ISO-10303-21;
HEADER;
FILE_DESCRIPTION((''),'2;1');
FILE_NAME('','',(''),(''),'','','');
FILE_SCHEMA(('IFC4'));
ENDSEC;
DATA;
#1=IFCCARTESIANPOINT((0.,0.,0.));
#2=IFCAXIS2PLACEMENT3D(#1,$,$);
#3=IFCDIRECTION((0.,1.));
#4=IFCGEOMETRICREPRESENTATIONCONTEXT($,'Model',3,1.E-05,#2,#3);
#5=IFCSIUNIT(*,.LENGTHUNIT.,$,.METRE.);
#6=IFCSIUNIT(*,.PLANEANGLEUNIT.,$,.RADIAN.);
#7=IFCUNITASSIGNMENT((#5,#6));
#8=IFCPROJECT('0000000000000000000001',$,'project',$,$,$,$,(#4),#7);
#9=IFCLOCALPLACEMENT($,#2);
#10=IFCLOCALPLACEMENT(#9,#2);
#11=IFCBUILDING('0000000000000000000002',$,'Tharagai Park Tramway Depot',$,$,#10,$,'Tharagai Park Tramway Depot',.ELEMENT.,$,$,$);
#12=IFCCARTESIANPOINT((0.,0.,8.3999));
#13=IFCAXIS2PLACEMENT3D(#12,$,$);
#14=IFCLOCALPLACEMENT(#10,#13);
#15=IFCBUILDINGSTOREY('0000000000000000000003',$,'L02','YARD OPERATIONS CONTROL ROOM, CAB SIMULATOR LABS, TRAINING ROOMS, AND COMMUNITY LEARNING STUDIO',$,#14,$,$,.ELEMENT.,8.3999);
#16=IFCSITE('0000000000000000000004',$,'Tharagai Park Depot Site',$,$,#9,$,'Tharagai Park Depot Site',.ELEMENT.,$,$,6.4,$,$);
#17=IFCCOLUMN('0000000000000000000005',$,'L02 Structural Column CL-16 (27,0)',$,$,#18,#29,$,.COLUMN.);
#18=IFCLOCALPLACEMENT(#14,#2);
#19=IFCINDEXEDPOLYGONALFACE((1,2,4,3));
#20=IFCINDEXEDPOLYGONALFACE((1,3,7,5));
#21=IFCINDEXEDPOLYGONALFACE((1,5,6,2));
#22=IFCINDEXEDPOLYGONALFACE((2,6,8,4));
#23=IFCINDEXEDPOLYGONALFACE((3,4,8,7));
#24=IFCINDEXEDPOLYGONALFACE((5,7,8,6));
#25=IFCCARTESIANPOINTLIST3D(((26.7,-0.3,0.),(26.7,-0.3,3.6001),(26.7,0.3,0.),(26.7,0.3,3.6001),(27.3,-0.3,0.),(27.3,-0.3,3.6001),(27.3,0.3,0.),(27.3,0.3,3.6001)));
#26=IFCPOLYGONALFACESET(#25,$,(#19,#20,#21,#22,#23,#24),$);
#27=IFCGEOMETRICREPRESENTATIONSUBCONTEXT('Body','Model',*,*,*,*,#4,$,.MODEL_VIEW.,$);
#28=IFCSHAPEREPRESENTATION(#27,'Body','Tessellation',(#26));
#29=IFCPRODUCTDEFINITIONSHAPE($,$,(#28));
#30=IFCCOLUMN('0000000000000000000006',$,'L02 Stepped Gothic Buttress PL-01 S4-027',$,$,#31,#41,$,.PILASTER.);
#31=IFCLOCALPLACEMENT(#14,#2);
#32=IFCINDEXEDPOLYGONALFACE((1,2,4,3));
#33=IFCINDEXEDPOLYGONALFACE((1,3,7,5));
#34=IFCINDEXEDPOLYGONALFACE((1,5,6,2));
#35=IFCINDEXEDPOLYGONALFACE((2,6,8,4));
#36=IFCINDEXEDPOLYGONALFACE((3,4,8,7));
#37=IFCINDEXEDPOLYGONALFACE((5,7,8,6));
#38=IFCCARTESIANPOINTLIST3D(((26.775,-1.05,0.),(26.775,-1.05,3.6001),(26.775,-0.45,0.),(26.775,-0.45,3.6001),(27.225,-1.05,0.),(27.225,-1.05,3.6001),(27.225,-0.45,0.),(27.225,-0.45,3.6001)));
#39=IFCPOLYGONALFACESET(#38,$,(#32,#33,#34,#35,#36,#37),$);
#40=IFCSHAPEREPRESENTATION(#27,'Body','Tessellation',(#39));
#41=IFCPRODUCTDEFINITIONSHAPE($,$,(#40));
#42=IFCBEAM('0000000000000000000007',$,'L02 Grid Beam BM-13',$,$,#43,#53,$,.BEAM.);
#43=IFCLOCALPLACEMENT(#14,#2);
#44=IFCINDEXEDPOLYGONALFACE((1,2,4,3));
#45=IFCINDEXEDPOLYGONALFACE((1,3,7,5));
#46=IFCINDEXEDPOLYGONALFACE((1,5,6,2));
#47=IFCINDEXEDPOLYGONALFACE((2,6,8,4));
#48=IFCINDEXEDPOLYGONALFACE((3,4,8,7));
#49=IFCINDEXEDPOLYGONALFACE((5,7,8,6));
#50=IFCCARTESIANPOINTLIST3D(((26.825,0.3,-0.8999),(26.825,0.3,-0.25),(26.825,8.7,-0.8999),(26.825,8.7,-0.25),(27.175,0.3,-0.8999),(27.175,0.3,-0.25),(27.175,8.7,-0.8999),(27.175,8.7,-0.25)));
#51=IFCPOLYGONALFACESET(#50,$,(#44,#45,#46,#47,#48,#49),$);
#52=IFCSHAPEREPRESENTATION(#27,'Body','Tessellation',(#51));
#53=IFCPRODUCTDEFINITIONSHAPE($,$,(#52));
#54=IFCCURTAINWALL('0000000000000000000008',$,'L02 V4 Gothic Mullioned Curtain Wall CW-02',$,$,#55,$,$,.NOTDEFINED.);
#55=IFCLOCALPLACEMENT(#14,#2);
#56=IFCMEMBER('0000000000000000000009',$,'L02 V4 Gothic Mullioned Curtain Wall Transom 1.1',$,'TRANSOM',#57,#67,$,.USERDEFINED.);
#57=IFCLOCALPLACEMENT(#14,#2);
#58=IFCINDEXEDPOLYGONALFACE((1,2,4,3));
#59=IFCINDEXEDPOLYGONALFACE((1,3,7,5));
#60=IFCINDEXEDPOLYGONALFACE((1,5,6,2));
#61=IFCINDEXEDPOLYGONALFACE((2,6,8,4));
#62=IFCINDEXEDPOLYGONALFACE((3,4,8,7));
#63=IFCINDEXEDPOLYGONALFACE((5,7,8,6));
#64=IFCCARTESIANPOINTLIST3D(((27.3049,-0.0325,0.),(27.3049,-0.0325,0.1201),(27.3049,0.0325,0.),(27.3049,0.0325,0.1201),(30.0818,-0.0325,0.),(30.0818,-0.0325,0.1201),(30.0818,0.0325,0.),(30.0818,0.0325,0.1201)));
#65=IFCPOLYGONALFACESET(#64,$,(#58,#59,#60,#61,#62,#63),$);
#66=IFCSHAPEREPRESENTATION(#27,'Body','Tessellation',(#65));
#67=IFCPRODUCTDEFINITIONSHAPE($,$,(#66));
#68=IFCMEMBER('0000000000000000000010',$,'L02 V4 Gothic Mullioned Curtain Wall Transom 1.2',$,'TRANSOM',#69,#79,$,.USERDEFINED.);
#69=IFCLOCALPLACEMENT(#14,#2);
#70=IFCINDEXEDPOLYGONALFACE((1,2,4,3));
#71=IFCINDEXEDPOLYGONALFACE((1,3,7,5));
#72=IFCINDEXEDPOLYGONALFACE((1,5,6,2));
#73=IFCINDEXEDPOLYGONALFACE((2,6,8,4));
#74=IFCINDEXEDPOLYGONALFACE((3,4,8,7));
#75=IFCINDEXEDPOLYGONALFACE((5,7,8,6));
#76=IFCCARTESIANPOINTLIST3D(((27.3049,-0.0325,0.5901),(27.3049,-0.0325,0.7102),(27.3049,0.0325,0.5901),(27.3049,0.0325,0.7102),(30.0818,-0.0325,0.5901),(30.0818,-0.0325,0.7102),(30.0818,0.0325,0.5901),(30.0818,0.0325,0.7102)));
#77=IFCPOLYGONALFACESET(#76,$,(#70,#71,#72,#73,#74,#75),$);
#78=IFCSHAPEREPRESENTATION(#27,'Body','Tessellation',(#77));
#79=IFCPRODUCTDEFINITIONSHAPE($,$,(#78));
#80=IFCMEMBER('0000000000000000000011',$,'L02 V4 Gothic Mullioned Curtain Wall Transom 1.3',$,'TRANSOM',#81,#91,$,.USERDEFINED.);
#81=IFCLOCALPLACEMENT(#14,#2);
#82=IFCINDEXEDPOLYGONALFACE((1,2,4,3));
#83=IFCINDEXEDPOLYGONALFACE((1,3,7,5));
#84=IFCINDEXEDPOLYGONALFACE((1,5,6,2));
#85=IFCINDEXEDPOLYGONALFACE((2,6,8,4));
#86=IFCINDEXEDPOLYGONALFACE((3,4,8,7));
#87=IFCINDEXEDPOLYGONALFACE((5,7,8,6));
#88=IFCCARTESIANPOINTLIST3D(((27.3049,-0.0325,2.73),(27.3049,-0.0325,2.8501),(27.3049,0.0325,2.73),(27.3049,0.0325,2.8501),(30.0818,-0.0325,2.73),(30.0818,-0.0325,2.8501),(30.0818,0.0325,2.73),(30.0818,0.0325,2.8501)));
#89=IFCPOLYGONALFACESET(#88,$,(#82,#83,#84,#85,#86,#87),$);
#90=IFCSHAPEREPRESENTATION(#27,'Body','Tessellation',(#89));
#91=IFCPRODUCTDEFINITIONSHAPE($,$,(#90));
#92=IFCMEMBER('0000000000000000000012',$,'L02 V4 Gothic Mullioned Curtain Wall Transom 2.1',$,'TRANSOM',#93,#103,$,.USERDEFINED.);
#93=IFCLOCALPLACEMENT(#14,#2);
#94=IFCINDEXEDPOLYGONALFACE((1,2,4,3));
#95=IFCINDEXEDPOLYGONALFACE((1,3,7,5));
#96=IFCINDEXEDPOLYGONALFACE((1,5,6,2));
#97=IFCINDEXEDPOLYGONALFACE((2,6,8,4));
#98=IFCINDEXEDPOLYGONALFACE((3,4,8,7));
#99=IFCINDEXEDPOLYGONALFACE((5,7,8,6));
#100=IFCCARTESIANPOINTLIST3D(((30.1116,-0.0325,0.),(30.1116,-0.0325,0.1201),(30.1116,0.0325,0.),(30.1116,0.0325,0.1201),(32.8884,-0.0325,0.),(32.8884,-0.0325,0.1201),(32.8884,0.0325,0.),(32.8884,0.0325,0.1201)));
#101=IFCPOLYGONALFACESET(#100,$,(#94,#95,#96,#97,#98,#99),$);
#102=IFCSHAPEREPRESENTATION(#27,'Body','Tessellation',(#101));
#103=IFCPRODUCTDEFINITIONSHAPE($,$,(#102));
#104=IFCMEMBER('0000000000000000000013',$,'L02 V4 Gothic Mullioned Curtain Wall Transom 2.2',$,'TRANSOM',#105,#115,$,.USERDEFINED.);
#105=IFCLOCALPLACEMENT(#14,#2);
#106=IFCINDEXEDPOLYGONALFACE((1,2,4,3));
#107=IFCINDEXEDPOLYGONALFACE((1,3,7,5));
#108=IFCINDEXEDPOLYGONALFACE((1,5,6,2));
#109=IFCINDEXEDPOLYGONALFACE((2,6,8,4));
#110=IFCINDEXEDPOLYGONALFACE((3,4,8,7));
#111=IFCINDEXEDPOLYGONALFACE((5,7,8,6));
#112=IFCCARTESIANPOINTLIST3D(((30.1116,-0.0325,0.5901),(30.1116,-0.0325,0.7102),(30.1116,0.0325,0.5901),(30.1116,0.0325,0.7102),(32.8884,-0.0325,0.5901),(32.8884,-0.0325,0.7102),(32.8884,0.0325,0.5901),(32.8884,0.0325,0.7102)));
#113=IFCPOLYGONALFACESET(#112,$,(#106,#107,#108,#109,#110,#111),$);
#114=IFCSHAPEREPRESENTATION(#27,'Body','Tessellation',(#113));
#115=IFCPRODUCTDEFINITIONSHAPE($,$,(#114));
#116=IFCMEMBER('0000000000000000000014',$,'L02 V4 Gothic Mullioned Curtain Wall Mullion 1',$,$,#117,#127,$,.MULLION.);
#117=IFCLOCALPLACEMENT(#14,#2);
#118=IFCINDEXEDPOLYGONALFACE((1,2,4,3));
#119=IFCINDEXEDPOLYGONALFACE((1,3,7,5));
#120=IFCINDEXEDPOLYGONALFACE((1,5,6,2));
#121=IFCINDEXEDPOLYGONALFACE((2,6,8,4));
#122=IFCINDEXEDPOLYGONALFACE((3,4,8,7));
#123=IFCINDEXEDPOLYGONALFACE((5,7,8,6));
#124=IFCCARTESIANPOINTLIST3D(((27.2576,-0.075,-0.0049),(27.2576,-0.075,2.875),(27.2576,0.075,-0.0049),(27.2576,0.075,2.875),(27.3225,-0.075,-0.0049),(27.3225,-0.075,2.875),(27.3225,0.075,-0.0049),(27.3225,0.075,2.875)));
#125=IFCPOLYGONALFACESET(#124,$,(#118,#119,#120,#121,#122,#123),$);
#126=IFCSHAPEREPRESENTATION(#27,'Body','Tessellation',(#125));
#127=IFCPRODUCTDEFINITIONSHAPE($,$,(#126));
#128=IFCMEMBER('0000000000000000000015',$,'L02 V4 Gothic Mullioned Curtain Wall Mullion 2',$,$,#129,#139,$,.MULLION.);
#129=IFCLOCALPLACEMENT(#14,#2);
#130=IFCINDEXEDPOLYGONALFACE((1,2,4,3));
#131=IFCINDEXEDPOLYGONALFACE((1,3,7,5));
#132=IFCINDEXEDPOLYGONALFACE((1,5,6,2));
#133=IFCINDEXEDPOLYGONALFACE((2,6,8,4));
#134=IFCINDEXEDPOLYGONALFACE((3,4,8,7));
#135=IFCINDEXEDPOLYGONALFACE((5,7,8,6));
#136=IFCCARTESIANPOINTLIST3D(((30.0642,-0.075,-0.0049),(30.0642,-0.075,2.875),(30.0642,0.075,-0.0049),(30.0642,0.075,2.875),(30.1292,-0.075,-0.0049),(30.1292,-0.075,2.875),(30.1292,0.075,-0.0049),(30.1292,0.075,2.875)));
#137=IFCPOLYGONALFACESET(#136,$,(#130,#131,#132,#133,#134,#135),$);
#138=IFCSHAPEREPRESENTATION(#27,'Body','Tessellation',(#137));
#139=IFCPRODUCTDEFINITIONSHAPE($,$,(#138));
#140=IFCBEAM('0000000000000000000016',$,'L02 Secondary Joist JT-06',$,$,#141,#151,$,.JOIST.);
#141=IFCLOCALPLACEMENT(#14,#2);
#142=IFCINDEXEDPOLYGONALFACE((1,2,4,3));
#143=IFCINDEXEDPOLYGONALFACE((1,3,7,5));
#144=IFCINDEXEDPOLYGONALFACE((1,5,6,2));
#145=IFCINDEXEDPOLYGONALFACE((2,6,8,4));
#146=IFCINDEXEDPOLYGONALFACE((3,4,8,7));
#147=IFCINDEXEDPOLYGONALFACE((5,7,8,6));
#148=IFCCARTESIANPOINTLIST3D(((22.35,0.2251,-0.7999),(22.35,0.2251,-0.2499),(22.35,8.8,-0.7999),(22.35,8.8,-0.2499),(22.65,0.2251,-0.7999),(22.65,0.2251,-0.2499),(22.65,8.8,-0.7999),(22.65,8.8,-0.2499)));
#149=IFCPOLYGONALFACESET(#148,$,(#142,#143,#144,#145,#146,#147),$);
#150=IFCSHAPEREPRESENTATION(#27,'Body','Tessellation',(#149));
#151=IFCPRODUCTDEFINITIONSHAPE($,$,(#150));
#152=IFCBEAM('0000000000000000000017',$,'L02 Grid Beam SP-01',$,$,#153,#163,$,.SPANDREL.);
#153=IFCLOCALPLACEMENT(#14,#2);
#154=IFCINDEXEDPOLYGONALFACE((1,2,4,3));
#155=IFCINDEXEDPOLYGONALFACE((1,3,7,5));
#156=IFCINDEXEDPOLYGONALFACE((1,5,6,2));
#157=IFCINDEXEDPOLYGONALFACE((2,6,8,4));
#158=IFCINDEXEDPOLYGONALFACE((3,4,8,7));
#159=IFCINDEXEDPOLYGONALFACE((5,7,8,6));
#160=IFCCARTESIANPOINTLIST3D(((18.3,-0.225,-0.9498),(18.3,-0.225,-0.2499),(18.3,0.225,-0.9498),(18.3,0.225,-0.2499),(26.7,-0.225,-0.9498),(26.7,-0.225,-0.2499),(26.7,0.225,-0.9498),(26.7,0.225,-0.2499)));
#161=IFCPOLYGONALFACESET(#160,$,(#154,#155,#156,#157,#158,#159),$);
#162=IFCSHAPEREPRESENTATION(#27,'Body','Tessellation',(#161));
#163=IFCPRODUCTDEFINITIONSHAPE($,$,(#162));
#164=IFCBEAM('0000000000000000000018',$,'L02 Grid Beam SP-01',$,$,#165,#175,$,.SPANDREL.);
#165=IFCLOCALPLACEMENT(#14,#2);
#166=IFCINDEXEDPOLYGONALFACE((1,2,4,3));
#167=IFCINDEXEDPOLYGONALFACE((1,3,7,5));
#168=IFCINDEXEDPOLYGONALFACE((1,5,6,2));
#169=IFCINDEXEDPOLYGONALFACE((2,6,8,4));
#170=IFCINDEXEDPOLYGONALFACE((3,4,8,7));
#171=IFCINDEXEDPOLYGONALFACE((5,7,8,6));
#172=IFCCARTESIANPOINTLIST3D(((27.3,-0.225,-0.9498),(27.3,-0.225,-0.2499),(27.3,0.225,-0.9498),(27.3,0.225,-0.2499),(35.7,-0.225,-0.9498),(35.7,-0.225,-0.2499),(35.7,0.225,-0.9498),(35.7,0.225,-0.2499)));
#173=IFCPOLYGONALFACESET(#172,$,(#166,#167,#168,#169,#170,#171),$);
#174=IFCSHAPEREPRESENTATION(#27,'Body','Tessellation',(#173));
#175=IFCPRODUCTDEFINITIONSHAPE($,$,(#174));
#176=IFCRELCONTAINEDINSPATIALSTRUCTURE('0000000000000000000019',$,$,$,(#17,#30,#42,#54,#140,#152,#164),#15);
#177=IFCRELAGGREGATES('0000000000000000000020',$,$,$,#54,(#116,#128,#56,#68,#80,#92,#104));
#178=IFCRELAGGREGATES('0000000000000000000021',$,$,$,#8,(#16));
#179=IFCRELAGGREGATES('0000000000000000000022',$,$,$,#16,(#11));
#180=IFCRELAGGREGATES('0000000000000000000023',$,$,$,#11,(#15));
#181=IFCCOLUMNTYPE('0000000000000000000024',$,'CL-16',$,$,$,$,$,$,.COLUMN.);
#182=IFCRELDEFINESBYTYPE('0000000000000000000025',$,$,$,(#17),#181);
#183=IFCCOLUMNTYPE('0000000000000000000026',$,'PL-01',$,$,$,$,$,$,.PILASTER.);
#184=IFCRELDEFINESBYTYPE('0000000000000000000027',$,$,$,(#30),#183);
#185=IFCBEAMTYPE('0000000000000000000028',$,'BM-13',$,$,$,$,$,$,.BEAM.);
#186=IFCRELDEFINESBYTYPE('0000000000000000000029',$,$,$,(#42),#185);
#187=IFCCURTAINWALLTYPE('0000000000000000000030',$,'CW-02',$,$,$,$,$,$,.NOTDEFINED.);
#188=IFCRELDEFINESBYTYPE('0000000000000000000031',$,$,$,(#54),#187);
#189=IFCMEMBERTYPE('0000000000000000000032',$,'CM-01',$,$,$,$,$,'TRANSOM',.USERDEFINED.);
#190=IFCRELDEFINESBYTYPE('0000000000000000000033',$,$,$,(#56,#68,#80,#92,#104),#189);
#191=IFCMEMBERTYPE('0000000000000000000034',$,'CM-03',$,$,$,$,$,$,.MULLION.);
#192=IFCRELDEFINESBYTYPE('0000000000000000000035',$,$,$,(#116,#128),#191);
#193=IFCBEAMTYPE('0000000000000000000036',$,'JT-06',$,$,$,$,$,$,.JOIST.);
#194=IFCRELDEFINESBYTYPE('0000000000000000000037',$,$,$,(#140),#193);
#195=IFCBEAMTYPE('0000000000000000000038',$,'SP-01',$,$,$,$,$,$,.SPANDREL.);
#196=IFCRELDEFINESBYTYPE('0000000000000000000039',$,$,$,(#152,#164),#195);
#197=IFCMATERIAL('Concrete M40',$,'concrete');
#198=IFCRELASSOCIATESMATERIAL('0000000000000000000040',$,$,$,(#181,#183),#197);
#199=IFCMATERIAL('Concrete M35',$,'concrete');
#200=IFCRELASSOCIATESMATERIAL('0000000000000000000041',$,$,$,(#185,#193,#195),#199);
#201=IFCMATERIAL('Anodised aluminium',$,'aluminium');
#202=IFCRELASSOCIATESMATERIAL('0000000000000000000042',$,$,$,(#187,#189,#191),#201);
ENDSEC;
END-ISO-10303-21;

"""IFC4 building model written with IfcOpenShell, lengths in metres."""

from ifc_helpers import new_model, si_unit, direction, frame, origin, origin_2d, place, context, subcontext, project, spatial, rectangle, extrude, material, material_profile, profile_set, type_object, element, aggregate, save


model = new_model("IFC4")

# Units and contexts
model_context = context("Model", 3, precision=1e-05, world=origin(), true_north=direction((0.0, 1.0)))
body_context = subcontext(model_context, "Body", "Model", "MODEL_VIEW")
ifc_project = project(units=[si_unit("LENGTHUNIT", "METRE"), si_unit("PLANEANGLEUNIT", "RADIAN")], contexts=[model_context])

# Site, building, storey
site_placement = place(None, origin())
site = spatial("IfcSite", under=ifc_project, at=site_placement, Name="Tharagai Park Depot Site", LongName="Tharagai Park Depot Site", CompositionType="ELEMENT", RefElevation=6.4)
building_placement = place(site_placement, origin())
building = spatial("IfcBuilding", under=site, at=building_placement, Name="Tharagai Park Tramway Depot", LongName="Tharagai Park Tramway Depot", CompositionType="ELEMENT")
storey_placement = place(building_placement, frame((0.0, 0.0, 8.3999)))
storey = spatial("IfcBuildingStorey", under=building, at=storey_placement, Name="L02", Description="YARD OPERATIONS CONTROL ROOM, CAB SIMULATOR LABS, TRAINING ROOMS, AND COMMUNITY LEARNING STUDIO", CompositionType="ELEMENT", Elevation=8.3999)

# Columns
ifc_material_1 = material(Name="Concrete M40", Category="concrete")
ifc_material_profile_1 = material_profile(ifc_material_1, rectangle(XDim=0.6001, YDim=0.6001, at=origin_2d()), Name="RC 600x600")
ifc_profile_set_1 = profile_set([ifc_material_profile_1], Name="Concrete M40")
column_type_1 = type_object("IfcColumnType", Name="CL-16", PredefinedType="COLUMN", material=ifc_profile_set_1)
column_1_placement = place(storey_placement, frame((27.0, 0.0, 0.0), z_axis=(0.0, 0.0, 1.0), x_axis=(1.0, 0.0, 0.0)))
element("IfcColumn", 1, at=column_1_placement, inside=storey, type_object=column_type_1, Name="L02 Structural Column CL-16 (27,0)", PredefinedType="COLUMN", context=body_context, shape_type="SweptSolid", body=[
    extrude(rectangle(XDim=0.6001, YDim=0.6001, at=origin_2d()), origin(), (0.0, 0.0, 1.0), 3.6001),
])
ifc_material_profile_2 = material_profile(ifc_material_1, rectangle(XDim=0.45, YDim=0.6001, at=origin_2d()), Name="RC 450x600")
ifc_profile_set_2 = profile_set([ifc_material_profile_2], Name="Concrete M40")
column_type_2 = type_object("IfcColumnType", Name="PL-01", PredefinedType="PILASTER", material=ifc_profile_set_2)
column_2_placement = place(storey_placement, frame((27.0, -0.75, 0.0), z_axis=(0.0, 0.0, 1.0), x_axis=(1.0, 0.0, 0.0)))
element("IfcColumn", 2, at=column_2_placement, inside=storey, type_object=column_type_2, Name="L02 Stepped Gothic Buttress PL-01 S4-027", PredefinedType="PILASTER", context=body_context, shape_type="SweptSolid", body=[
    extrude(rectangle(XDim=0.45, YDim=0.6001, at=origin_2d()), origin(), (0.0, 0.0, 1.0), 3.6001),
])

# Beam
ifc_material_2 = material(Name="Concrete M35", Category="concrete")
ifc_material_profile_3 = material_profile(ifc_material_2, rectangle(XDim=0.3501, YDim=0.6499, at=origin_2d()), Name="RC 350x650")
ifc_profile_set_3 = profile_set([ifc_material_profile_3], Name="Concrete M35")
beam_type_1 = type_object("IfcBeamType", Name="BM-13", PredefinedType="BEAM", material=ifc_profile_set_3)
beam_1_placement = place(storey_placement, frame((27.0, 0.3, -0.575), z_axis=(0.0, 1.0, 0.0), x_axis=(-1.0, 0.0, 0.0)))
element("IfcBeam", 3, at=beam_1_placement, inside=storey, type_object=beam_type_1, Name="L02 Grid Beam BM-13", PredefinedType="BEAM", context=body_context, shape_type="SweptSolid", body=[
    extrude(rectangle(XDim=0.3501, YDim=0.6499, at=origin_2d()), origin(), (0.0, 0.0, 1.0), 8.3999),
])

# Curtain wall, members
ifc_material_3 = material(Name="Anodised aluminium", Category="aluminium")
curtain_wall_type = type_object("IfcCurtainWallType", Name="CW-02", PredefinedType="NOTDEFINED", material=ifc_material_3)
curtain_wall_placement = place(storey_placement, origin())
curtain_wall = element("IfcCurtainWall", 4, at=curtain_wall_placement, inside=storey, type_object=curtain_wall_type, Name="L02 V4 Gothic Mullioned Curtain Wall CW-02", PredefinedType="NOTDEFINED")
ifc_material_profile_4 = material_profile(ifc_material_3, rectangle(XDim=0.0649, YDim=0.1201, at=origin_2d()), Name="ALU 65x120")
ifc_profile_set_4 = profile_set([ifc_material_profile_4], Name="Anodised aluminium")
member_type_1 = type_object("IfcMemberType", Name="CM-01", ElementType="TRANSOM", PredefinedType="USERDEFINED", material=ifc_profile_set_4)
member_1_placement = place(storey_placement, frame((27.3049, 0.0, 0.0601), z_axis=(1.0, 0.0, 0.0), x_axis=(0.0, 1.0, 0.0)))
member_1 = element("IfcMember", 5, at=member_1_placement, type_object=member_type_1, Name="L02 V4 Gothic Mullioned Curtain Wall Transom 1.1", ObjectType="TRANSOM", PredefinedType="USERDEFINED", context=body_context, shape_type="SweptSolid", body=[
    extrude(rectangle(XDim=0.0649, YDim=0.1201, at=origin_2d()), origin(), (0.0, 0.0, 1.0), 2.7769),
])
member_2_placement = place(storey_placement, frame((27.3049, 0.0, 0.6501), z_axis=(1.0, 0.0, 0.0), x_axis=(0.0, 1.0, 0.0)))
member_2 = element("IfcMember", 6, at=member_2_placement, type_object=member_type_1, Name="L02 V4 Gothic Mullioned Curtain Wall Transom 1.2", ObjectType="TRANSOM", PredefinedType="USERDEFINED", context=body_context, shape_type="SweptSolid", body=[
    extrude(rectangle(XDim=0.0649, YDim=0.1201, at=origin_2d()), origin(), (0.0, 0.0, 1.0), 2.7769),
])
member_3_placement = place(storey_placement, frame((27.3049, 0.0, 2.79), z_axis=(1.0, 0.0, 0.0), x_axis=(0.0, 1.0, 0.0)))
member_3 = element("IfcMember", 7, at=member_3_placement, type_object=member_type_1, Name="L02 V4 Gothic Mullioned Curtain Wall Transom 1.3", ObjectType="TRANSOM", PredefinedType="USERDEFINED", context=body_context, shape_type="SweptSolid", body=[
    extrude(rectangle(XDim=0.0649, YDim=0.1201, at=origin_2d()), origin(), (0.0, 0.0, 1.0), 2.7769),
])
member_4_placement = place(storey_placement, frame((30.1116, 0.0, 0.0601), z_axis=(1.0, 0.0, 0.0), x_axis=(0.0, 1.0, 0.0)))
member_4 = element("IfcMember", 8, at=member_4_placement, type_object=member_type_1, Name="L02 V4 Gothic Mullioned Curtain Wall Transom 2.1", ObjectType="TRANSOM", PredefinedType="USERDEFINED", context=body_context, shape_type="SweptSolid", body=[
    extrude(rectangle(XDim=0.0649, YDim=0.1201, at=origin_2d()), origin(), (0.0, 0.0, 1.0), 2.7769),
])
member_5_placement = place(storey_placement, frame((30.1116, 0.0, 0.6501), z_axis=(1.0, 0.0, 0.0), x_axis=(0.0, 1.0, 0.0)))
member_5 = element("IfcMember", 9, at=member_5_placement, type_object=member_type_1, Name="L02 V4 Gothic Mullioned Curtain Wall Transom 2.2", ObjectType="TRANSOM", PredefinedType="USERDEFINED", context=body_context, shape_type="SweptSolid", body=[
    extrude(rectangle(XDim=0.0649, YDim=0.1201, at=origin_2d()), origin(), (0.0, 0.0, 1.0), 2.7769),
])
ifc_material_profile_5 = material_profile(ifc_material_3, rectangle(XDim=0.0649, YDim=0.1499, at=origin_2d()), Name="ALU 65x150")
ifc_profile_set_5 = profile_set([ifc_material_profile_5], Name="Anodised aluminium")
member_type_2 = type_object("IfcMemberType", Name="CM-03", PredefinedType="MULLION", material=ifc_profile_set_5)
member_6_placement = place(storey_placement, frame((27.29, 0.0, -0.0049), z_axis=(0.0, 0.0, 1.0), x_axis=(1.0, 0.0, 0.0)))
member_6 = element("IfcMember", 10, at=member_6_placement, type_object=member_type_2, Name="L02 V4 Gothic Mullioned Curtain Wall Mullion 1", PredefinedType="MULLION", context=body_context, shape_type="SweptSolid", body=[
    extrude(rectangle(XDim=0.0649, YDim=0.1499, at=origin_2d()), origin(), (0.0, 0.0, 1.0), 2.8799),
])
member_7_placement = place(storey_placement, frame((30.0967, 0.0, -0.0049), z_axis=(0.0, 0.0, 1.0), x_axis=(1.0, 0.0, 0.0)))
member_7 = element("IfcMember", 11, at=member_7_placement, type_object=member_type_2, Name="L02 V4 Gothic Mullioned Curtain Wall Mullion 2", PredefinedType="MULLION", context=body_context, shape_type="SweptSolid", body=[
    extrude(rectangle(XDim=0.0649, YDim=0.1499, at=origin_2d()), origin(), (0.0, 0.0, 1.0), 2.8799),
])

# Beams
ifc_material_profile_6 = material_profile(ifc_material_2, rectangle(XDim=0.3, YDim=0.55, at=origin_2d()), Name="RC 300x550")
ifc_profile_set_6 = profile_set([ifc_material_profile_6], Name="Concrete M35")
beam_type_2 = type_object("IfcBeamType", Name="JT-06", PredefinedType="JOIST", material=ifc_profile_set_6)
beam_2_placement = place(storey_placement, frame((22.5, 0.2251, -0.5249), z_axis=(0.0, 1.0, 0.0), x_axis=(-1.0, 0.0, 0.0)))
element("IfcBeam", 12, at=beam_2_placement, inside=storey, type_object=beam_type_2, Name="L02 Secondary Joist JT-06", PredefinedType="JOIST", context=body_context, shape_type="SweptSolid", body=[
    extrude(rectangle(XDim=0.3, YDim=0.55, at=origin_2d()), origin(), (0.0, 0.0, 1.0), 8.575),
])
ifc_material_profile_7 = material_profile(ifc_material_2, rectangle(XDim=0.45, YDim=0.7, at=origin_2d()), Name="RC 450x700")
ifc_profile_set_7 = profile_set([ifc_material_profile_7], Name="Concrete M35")
beam_type_3 = type_object("IfcBeamType", Name="SP-01", PredefinedType="SPANDREL", material=ifc_profile_set_7)
for number, where, z_axis, x_axis, name in (
    (13, (18.3, 0.0, -0.5999), (1.0, 0.0, 0.0), (0.0, 1.0, 0.0), "L02 Grid Beam SP-01"),
    (14, (27.3, 0.0, -0.5999), (1.0, 0.0, 0.0), (0.0, 1.0, 0.0), "L02 Grid Beam SP-01"),
):
    element("IfcBeam", number, at=place(storey_placement, frame(where, z_axis=z_axis, x_axis=x_axis)), inside=storey, type_object=beam_type_3, Name=name, PredefinedType="SPANDREL", context=body_context, shape_type="SweptSolid", body=[
        extrude(rectangle(XDim=0.45, YDim=0.7, at=origin_2d()), origin(), (0.0, 0.0, 1.0), 8.3999),
    ])

aggregate(curtain_wall, [member_6, member_7, member_1, member_2, member_3, member_4, member_5])

save(model, "model.ifc")
